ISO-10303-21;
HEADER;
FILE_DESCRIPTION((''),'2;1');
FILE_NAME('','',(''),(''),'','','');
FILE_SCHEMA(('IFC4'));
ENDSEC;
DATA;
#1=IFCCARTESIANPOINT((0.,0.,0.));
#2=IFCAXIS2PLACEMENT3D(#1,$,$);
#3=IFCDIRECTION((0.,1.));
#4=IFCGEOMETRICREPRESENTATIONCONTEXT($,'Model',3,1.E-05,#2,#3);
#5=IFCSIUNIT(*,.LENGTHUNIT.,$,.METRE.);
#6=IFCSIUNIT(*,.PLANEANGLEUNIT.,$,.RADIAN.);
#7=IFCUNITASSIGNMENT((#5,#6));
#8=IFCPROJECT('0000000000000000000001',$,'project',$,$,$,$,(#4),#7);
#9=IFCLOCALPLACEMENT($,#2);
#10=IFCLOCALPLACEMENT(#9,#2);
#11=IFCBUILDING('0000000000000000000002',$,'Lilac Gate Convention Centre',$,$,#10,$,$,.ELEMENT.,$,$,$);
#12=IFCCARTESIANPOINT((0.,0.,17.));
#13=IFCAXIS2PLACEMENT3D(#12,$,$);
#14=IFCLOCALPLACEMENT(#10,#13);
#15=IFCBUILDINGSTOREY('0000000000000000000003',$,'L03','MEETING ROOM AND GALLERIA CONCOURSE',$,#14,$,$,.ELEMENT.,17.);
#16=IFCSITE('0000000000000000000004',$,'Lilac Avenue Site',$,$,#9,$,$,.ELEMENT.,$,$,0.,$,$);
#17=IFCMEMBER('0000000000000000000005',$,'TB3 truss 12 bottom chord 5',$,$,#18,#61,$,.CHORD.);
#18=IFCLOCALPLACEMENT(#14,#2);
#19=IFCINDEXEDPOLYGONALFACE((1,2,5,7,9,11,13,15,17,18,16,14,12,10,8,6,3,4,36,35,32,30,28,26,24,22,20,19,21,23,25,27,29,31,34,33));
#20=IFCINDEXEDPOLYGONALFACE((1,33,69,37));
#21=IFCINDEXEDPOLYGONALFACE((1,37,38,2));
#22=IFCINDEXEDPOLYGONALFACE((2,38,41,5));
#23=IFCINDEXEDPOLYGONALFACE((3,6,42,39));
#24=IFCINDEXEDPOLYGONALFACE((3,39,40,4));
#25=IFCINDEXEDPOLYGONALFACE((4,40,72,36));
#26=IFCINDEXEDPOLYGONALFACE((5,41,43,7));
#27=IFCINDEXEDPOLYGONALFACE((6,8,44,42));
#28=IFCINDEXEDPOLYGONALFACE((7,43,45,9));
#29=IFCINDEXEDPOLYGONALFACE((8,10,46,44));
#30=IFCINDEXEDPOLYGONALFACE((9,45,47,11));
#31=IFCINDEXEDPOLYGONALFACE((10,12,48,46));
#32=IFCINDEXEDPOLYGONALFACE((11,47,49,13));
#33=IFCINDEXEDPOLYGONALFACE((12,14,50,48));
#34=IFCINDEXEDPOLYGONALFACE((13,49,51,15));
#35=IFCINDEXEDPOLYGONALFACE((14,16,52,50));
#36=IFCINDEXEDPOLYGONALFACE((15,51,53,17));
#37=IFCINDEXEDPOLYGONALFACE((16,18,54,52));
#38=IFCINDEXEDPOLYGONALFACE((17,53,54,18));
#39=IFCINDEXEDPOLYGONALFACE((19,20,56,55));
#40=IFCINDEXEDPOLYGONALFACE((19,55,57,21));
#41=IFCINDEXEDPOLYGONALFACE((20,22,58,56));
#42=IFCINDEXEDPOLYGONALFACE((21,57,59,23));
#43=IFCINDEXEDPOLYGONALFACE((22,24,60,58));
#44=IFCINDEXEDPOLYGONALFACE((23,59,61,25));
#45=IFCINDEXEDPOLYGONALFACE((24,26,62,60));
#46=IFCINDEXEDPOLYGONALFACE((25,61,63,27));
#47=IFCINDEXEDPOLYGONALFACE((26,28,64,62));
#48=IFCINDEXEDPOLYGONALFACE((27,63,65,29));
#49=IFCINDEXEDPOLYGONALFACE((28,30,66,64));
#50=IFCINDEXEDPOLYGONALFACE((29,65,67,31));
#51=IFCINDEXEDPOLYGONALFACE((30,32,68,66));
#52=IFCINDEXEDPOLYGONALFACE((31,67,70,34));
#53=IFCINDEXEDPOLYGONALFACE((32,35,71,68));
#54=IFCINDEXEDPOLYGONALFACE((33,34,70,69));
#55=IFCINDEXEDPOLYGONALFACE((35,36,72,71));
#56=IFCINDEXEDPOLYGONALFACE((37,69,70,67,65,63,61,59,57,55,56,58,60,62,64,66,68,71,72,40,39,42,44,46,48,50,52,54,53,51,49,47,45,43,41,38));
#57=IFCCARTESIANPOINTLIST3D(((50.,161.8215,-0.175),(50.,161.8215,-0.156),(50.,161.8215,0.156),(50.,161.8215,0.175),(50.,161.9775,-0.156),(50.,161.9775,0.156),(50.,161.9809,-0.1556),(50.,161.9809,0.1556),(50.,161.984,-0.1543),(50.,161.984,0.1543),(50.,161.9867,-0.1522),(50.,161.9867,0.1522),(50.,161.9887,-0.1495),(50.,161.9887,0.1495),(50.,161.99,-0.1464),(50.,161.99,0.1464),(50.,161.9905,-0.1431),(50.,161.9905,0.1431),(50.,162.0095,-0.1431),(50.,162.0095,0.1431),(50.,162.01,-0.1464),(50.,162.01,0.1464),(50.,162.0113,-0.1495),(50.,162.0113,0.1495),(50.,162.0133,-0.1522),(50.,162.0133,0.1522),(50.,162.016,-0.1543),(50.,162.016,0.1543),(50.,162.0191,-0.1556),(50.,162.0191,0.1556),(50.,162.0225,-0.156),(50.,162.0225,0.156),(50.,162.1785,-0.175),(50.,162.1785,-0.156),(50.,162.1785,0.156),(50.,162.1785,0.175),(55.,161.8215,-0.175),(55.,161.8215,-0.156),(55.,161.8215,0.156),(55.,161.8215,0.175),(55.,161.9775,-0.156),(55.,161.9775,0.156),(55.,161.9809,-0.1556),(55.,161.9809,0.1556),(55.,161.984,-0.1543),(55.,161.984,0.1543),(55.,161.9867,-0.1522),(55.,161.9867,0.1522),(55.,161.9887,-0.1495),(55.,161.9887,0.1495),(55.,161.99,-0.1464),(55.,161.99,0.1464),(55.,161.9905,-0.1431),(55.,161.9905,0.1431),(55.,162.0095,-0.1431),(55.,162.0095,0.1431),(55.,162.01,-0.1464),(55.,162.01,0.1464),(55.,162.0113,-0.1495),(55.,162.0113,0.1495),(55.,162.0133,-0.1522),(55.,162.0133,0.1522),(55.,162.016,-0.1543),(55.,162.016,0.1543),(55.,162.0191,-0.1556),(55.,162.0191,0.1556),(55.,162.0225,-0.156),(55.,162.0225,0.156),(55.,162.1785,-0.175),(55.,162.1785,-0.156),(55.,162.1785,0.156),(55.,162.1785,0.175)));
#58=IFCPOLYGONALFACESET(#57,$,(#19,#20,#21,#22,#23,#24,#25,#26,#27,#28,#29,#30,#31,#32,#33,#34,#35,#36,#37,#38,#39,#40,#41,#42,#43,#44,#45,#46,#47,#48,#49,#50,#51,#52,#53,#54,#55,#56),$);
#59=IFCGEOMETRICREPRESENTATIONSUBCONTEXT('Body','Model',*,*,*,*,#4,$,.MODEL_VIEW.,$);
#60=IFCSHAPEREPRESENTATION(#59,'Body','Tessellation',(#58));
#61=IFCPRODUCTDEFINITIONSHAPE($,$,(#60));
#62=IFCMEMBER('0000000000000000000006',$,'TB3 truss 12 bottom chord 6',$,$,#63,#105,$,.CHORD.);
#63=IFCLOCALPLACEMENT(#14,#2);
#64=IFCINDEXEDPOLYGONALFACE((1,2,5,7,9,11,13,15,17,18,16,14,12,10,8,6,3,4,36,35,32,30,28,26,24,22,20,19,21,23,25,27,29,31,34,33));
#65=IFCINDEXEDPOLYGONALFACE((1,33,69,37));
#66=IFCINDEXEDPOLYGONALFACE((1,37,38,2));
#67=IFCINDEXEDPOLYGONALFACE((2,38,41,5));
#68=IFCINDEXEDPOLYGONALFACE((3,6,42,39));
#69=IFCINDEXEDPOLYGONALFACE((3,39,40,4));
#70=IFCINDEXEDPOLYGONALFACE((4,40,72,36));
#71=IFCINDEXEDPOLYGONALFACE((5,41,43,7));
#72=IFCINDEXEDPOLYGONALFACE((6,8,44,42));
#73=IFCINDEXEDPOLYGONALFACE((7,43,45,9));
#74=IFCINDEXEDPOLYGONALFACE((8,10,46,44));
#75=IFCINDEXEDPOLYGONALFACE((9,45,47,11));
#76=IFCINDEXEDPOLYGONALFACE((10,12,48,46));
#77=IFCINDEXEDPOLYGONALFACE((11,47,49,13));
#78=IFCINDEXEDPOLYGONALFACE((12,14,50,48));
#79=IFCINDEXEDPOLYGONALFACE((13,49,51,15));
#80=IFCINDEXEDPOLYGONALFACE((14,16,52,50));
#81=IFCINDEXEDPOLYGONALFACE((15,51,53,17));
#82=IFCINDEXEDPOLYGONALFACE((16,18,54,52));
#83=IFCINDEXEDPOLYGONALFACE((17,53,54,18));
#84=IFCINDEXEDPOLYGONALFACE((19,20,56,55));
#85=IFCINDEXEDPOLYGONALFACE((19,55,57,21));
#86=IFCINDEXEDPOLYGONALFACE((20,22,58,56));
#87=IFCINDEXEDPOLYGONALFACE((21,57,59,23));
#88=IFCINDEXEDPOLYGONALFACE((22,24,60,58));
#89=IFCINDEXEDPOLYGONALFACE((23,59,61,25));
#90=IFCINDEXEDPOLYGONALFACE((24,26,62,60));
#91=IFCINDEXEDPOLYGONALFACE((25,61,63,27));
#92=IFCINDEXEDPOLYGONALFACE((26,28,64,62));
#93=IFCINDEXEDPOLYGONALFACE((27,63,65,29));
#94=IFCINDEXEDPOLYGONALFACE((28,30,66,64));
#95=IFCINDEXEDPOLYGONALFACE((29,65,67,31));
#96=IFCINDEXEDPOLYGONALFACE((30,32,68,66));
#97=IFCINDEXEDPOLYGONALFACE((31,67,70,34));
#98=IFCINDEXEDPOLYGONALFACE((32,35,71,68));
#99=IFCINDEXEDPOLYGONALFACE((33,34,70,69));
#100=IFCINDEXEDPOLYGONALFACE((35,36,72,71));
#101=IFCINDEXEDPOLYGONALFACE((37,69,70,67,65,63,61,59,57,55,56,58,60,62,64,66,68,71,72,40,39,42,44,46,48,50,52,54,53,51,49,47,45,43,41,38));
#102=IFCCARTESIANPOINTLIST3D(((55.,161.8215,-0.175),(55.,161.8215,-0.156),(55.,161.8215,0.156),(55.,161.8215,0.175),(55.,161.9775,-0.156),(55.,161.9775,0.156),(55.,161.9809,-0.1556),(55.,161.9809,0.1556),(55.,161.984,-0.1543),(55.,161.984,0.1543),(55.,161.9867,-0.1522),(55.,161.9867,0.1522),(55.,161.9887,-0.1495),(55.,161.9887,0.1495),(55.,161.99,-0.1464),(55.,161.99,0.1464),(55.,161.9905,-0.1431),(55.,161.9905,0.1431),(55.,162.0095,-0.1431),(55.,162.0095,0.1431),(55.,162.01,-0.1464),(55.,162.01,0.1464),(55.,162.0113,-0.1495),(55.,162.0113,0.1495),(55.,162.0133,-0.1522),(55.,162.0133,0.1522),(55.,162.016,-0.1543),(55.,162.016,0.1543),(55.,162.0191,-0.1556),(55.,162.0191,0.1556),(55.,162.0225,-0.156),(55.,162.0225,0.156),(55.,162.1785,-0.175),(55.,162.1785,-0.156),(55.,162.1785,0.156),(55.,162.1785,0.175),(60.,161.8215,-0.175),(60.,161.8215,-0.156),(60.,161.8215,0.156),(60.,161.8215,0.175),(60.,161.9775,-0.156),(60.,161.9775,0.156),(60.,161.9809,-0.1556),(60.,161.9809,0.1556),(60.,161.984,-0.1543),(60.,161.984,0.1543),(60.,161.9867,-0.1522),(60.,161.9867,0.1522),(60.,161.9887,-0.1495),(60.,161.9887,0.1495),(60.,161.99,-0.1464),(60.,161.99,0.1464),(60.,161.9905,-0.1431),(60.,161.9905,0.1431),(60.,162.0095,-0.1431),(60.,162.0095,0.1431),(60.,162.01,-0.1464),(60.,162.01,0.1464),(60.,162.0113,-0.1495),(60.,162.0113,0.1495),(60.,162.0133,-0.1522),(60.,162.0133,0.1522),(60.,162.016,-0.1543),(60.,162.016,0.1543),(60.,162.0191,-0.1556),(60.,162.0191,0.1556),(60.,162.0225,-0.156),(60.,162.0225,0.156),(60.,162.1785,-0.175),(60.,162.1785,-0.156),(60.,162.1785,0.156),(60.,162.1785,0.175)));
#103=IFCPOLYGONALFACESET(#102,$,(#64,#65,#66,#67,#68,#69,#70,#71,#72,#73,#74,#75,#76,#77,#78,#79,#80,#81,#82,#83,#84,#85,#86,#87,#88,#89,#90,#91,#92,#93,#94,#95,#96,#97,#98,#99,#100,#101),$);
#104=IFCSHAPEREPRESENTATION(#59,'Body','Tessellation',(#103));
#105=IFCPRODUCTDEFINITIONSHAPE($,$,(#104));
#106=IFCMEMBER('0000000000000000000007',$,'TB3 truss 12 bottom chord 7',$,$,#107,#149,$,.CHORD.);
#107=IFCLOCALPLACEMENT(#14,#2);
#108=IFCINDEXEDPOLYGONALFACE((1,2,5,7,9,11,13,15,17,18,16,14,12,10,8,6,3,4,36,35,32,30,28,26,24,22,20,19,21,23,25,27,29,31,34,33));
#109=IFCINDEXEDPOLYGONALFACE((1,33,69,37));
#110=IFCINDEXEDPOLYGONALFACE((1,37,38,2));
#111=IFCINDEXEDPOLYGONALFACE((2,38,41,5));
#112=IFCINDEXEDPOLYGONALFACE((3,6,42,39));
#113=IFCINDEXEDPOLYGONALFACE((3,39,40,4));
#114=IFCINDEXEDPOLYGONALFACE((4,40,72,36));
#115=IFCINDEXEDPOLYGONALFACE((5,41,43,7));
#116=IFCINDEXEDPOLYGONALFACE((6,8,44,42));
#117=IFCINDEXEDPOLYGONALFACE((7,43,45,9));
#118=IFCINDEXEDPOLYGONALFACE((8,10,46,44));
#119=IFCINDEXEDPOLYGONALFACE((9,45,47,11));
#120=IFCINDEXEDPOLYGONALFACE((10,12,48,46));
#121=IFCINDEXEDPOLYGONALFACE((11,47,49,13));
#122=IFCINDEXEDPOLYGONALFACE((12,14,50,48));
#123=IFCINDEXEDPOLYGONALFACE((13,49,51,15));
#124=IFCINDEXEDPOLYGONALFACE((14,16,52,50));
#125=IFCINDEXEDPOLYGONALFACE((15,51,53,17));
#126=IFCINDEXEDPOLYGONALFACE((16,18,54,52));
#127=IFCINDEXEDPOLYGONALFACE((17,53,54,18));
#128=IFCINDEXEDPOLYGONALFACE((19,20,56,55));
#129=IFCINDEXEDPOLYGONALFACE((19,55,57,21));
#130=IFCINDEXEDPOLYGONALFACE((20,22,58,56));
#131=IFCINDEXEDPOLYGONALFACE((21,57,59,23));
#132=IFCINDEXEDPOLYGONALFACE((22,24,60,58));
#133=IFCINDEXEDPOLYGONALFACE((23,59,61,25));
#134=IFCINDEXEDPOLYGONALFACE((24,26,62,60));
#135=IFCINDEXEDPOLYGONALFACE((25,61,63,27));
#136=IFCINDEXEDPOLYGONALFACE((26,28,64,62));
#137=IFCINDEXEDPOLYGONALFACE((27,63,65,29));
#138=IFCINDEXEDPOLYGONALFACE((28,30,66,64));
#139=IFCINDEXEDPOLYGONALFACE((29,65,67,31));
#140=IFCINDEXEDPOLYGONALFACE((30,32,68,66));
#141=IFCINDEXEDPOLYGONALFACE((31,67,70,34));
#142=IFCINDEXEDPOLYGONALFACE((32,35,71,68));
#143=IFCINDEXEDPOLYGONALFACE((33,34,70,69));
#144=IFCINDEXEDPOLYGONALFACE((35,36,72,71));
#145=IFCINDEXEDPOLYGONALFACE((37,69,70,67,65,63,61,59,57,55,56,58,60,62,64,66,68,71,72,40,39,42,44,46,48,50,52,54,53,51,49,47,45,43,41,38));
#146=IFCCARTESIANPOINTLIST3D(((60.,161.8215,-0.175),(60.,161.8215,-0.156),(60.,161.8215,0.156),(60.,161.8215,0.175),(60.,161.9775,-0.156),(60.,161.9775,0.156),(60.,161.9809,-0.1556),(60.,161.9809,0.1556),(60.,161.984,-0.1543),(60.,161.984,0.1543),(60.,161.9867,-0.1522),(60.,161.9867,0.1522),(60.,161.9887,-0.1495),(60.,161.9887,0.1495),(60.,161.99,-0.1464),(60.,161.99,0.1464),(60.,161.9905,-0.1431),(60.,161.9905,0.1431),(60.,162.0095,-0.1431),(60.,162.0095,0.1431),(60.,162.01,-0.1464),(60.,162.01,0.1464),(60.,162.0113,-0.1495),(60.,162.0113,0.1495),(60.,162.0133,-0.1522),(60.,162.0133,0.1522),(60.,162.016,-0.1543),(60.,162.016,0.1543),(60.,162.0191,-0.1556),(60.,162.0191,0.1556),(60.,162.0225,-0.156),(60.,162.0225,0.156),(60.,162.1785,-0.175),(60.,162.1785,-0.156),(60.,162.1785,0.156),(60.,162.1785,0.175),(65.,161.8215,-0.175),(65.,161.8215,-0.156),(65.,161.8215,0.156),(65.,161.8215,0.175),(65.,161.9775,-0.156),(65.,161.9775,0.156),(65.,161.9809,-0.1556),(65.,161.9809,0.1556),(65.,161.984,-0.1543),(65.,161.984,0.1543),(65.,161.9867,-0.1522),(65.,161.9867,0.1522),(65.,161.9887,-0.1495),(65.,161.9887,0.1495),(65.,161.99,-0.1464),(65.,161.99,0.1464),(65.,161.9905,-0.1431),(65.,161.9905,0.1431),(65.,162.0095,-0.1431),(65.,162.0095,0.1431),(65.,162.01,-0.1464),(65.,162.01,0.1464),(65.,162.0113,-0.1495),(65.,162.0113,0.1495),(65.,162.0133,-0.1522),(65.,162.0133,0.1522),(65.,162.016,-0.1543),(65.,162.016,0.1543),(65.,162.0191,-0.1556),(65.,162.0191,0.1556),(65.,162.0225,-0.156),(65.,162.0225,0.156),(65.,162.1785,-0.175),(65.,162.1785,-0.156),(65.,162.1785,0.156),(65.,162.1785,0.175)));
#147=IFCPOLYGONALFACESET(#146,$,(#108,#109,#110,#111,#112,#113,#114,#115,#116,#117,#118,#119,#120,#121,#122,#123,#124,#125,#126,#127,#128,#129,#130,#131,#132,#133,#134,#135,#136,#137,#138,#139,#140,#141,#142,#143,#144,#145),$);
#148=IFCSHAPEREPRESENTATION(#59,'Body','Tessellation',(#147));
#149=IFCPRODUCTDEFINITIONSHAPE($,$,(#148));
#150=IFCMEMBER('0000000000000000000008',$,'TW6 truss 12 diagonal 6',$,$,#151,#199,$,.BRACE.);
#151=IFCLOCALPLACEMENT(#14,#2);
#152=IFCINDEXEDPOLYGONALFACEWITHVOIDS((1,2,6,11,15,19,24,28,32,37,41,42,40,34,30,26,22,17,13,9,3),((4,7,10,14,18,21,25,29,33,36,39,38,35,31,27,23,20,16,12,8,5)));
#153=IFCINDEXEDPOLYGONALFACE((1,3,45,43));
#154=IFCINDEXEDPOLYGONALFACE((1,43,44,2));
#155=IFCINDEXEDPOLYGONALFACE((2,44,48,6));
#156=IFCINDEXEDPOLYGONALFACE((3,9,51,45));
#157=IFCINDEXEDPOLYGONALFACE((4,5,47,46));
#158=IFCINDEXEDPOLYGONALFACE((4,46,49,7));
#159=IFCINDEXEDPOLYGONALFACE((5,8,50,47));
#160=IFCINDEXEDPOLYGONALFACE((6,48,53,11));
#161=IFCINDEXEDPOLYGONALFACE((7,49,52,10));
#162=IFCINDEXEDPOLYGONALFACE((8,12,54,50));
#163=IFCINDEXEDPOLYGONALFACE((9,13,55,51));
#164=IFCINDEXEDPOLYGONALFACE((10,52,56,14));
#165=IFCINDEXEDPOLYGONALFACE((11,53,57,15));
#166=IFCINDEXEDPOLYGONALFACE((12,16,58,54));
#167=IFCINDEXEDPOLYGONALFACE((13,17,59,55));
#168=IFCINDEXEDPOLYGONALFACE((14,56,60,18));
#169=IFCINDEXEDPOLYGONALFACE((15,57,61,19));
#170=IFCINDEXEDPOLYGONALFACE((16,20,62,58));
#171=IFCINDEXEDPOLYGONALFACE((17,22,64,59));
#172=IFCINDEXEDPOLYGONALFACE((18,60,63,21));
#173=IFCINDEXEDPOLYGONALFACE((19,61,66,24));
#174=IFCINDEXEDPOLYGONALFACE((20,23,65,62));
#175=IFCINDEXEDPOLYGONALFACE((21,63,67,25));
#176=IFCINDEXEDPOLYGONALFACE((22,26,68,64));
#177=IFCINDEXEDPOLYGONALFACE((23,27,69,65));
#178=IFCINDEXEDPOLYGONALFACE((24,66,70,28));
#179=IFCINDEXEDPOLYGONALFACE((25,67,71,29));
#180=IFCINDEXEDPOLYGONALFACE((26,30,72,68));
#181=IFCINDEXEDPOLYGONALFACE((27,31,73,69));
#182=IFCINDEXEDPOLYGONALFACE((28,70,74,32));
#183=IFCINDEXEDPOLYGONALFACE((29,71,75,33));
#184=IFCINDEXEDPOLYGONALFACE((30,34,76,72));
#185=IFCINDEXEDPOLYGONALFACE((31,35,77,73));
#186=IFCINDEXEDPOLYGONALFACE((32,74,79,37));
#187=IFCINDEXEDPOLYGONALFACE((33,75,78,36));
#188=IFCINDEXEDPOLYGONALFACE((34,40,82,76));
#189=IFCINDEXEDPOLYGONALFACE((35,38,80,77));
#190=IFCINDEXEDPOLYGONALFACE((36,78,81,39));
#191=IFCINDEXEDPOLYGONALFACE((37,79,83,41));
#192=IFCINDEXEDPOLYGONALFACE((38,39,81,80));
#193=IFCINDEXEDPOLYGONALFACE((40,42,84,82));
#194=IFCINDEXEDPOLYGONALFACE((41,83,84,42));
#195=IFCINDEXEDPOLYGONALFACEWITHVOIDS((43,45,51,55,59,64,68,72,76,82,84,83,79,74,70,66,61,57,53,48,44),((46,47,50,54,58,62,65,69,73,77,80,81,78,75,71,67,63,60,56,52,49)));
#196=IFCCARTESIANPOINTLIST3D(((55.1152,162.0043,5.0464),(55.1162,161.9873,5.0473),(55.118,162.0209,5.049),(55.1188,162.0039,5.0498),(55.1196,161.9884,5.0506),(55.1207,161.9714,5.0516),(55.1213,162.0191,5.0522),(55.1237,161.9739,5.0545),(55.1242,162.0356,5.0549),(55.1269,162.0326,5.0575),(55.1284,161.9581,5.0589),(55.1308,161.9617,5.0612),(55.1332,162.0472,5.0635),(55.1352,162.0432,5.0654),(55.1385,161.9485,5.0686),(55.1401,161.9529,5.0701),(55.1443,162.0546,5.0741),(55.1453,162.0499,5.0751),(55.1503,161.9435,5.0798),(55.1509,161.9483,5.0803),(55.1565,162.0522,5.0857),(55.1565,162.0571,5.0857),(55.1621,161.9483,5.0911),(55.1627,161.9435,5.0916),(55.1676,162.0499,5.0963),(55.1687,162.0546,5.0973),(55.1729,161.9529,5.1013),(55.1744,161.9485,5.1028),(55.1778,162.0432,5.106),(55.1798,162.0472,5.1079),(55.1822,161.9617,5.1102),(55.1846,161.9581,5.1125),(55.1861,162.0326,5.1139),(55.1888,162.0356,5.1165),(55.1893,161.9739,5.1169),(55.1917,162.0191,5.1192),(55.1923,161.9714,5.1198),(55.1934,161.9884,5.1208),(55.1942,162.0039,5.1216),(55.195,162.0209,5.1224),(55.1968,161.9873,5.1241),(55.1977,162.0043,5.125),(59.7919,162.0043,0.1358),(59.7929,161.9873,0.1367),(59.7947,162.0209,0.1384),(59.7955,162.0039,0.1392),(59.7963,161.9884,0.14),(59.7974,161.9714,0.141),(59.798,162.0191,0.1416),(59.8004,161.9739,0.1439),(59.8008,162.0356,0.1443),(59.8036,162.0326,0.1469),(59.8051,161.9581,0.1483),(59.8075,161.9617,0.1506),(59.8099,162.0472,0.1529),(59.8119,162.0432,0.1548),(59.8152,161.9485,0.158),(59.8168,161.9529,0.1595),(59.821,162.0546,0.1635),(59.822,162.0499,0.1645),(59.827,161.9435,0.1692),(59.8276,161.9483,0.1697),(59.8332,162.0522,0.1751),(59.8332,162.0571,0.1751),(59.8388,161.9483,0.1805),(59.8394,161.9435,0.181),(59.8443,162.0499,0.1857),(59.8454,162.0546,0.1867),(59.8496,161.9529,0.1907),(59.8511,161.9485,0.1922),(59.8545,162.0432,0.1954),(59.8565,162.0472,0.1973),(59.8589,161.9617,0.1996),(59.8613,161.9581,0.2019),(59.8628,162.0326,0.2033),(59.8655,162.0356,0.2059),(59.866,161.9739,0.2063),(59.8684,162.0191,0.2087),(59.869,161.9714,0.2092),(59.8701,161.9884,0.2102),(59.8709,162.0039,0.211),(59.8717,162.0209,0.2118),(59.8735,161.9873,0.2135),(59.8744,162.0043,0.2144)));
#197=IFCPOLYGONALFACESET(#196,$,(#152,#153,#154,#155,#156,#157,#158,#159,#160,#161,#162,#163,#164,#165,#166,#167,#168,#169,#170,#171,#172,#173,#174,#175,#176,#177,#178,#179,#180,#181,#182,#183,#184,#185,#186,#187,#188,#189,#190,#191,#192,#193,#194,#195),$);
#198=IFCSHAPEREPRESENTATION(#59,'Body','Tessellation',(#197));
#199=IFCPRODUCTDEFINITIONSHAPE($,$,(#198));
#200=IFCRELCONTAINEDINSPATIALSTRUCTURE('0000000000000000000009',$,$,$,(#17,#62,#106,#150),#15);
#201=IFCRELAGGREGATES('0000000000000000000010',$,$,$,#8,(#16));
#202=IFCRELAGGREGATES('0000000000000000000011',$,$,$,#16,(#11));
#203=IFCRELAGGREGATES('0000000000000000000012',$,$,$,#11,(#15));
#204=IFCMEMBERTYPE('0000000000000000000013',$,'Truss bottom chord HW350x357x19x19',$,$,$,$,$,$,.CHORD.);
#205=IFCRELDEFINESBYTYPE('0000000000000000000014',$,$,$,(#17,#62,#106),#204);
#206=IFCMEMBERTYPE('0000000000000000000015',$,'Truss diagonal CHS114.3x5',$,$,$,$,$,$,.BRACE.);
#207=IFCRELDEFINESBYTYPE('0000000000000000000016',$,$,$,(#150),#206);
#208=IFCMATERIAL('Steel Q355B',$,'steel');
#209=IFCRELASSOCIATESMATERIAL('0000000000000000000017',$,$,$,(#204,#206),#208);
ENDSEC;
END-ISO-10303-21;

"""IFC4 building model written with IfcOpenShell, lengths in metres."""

from ifc_helpers import new_model, si_unit, direction, frame, origin, origin_2d, place, context, subcontext, project, spatial, hollow_circle, i_section, extrude, material, material_profile, profile_set, type_object, element, save


model = new_model("IFC4")

# Units and contexts
model_context = context("Model", 3, precision=1e-05, world=origin(), true_north=direction((0.0, 1.0)))
body_context = subcontext(model_context, "Body", "Model", "MODEL_VIEW")
ifc_project = project(units=[si_unit("LENGTHUNIT", "METRE"), si_unit("PLANEANGLEUNIT", "RADIAN")], contexts=[model_context])

# Site, building, storey
site_placement = place(None, origin())
site = spatial("IfcSite", under=ifc_project, at=site_placement, Name="Lilac Avenue Site", CompositionType="ELEMENT", RefElevation=0.0)
building_placement = place(site_placement, origin())
building = spatial("IfcBuilding", under=site, at=building_placement, Name="Lilac Gate Convention Centre", CompositionType="ELEMENT")
storey_placement = place(building_placement, frame((0.0, 0.0, 17.0)))
storey = spatial("IfcBuildingStorey", under=building, at=storey_placement, Name="L03", Description="MEETING ROOM AND GALLERIA CONCOURSE", CompositionType="ELEMENT", Elevation=17.0)

# Members
ifc_material = material(Name="Steel Q355B", Category="steel")
ifc_material_profile_1 = material_profile(ifc_material, i_section(OverallWidth=0.3569, OverallDepth=0.3501, WebThickness=0.019, FlangeThickness=0.019, FilletRadius=0.0129, at=origin_2d()), Name="HW350x357x19x19")
ifc_profile_set_1 = profile_set([ifc_material_profile_1], Name="Steel Q355B")
member_type_1 = type_object("IfcMemberType", Name="Truss bottom chord HW350x357x19x19", PredefinedType="CHORD", material=ifc_profile_set_1)
for number, where, z_axis, x_axis, name in (
    (1, (50.0, 162.0, 0.0), (1.0, 0.0, 0.0), (0.0, 1.0, 0.0), "TB3 truss 12 bottom chord 5"),
    (2, (55.0, 162.0, 0.0), (1.0, 0.0, 0.0), (0.0, 1.0, 0.0), "TB3 truss 12 bottom chord 6"),
    (3, (60.0, 162.0, 0.0), (1.0, 0.0, 0.0), (0.0, 1.0, 0.0), "TB3 truss 12 bottom chord 7"),
):
    element("IfcMember", number, at=place(storey_placement, frame(where, z_axis=z_axis, x_axis=x_axis)), inside=storey, type_object=member_type_1, Name=name, PredefinedType="CHORD", context=body_context, shape_type="SweptSolid", body=[
        extrude(i_section(OverallWidth=0.3569, OverallDepth=0.3501, WebThickness=0.019, FlangeThickness=0.019, FilletRadius=0.0129, at=origin_2d()), origin(), (0.0, 0.0, 1.0), 5.0),
    ])
ifc_material_profile_2 = material_profile(ifc_material, hollow_circle(Radius=0.0571, WallThickness=0.0049, at=origin_2d()), Name="CHS114.3x5")
ifc_profile_set_2 = profile_set([ifc_material_profile_2], Name="Steel Q355B")
member_type_2 = type_object("IfcMemberType", Name="Truss diagonal CHS114.3x5", PredefinedType="BRACE", material=ifc_profile_set_2)
member_1_placement = place(storey_placement, frame((55.1565, 162.0, 5.0857), z_axis=(0.689652, 0.0, -0.724141), x_axis=(0.0, 1.0, 0.0)))
element("IfcMember", 4, at=member_1_placement, inside=storey, type_object=member_type_2, Name="TW6 truss 12 diagonal 6", PredefinedType="BRACE", context=body_context, shape_type="SweptSolid", body=[
    extrude(hollow_circle(Radius=0.0571, WallThickness=0.0049, at=origin_2d()), origin(), (0.0, 0.0, 1.0), 6.7812),
])

save(model, "model.ifc")
